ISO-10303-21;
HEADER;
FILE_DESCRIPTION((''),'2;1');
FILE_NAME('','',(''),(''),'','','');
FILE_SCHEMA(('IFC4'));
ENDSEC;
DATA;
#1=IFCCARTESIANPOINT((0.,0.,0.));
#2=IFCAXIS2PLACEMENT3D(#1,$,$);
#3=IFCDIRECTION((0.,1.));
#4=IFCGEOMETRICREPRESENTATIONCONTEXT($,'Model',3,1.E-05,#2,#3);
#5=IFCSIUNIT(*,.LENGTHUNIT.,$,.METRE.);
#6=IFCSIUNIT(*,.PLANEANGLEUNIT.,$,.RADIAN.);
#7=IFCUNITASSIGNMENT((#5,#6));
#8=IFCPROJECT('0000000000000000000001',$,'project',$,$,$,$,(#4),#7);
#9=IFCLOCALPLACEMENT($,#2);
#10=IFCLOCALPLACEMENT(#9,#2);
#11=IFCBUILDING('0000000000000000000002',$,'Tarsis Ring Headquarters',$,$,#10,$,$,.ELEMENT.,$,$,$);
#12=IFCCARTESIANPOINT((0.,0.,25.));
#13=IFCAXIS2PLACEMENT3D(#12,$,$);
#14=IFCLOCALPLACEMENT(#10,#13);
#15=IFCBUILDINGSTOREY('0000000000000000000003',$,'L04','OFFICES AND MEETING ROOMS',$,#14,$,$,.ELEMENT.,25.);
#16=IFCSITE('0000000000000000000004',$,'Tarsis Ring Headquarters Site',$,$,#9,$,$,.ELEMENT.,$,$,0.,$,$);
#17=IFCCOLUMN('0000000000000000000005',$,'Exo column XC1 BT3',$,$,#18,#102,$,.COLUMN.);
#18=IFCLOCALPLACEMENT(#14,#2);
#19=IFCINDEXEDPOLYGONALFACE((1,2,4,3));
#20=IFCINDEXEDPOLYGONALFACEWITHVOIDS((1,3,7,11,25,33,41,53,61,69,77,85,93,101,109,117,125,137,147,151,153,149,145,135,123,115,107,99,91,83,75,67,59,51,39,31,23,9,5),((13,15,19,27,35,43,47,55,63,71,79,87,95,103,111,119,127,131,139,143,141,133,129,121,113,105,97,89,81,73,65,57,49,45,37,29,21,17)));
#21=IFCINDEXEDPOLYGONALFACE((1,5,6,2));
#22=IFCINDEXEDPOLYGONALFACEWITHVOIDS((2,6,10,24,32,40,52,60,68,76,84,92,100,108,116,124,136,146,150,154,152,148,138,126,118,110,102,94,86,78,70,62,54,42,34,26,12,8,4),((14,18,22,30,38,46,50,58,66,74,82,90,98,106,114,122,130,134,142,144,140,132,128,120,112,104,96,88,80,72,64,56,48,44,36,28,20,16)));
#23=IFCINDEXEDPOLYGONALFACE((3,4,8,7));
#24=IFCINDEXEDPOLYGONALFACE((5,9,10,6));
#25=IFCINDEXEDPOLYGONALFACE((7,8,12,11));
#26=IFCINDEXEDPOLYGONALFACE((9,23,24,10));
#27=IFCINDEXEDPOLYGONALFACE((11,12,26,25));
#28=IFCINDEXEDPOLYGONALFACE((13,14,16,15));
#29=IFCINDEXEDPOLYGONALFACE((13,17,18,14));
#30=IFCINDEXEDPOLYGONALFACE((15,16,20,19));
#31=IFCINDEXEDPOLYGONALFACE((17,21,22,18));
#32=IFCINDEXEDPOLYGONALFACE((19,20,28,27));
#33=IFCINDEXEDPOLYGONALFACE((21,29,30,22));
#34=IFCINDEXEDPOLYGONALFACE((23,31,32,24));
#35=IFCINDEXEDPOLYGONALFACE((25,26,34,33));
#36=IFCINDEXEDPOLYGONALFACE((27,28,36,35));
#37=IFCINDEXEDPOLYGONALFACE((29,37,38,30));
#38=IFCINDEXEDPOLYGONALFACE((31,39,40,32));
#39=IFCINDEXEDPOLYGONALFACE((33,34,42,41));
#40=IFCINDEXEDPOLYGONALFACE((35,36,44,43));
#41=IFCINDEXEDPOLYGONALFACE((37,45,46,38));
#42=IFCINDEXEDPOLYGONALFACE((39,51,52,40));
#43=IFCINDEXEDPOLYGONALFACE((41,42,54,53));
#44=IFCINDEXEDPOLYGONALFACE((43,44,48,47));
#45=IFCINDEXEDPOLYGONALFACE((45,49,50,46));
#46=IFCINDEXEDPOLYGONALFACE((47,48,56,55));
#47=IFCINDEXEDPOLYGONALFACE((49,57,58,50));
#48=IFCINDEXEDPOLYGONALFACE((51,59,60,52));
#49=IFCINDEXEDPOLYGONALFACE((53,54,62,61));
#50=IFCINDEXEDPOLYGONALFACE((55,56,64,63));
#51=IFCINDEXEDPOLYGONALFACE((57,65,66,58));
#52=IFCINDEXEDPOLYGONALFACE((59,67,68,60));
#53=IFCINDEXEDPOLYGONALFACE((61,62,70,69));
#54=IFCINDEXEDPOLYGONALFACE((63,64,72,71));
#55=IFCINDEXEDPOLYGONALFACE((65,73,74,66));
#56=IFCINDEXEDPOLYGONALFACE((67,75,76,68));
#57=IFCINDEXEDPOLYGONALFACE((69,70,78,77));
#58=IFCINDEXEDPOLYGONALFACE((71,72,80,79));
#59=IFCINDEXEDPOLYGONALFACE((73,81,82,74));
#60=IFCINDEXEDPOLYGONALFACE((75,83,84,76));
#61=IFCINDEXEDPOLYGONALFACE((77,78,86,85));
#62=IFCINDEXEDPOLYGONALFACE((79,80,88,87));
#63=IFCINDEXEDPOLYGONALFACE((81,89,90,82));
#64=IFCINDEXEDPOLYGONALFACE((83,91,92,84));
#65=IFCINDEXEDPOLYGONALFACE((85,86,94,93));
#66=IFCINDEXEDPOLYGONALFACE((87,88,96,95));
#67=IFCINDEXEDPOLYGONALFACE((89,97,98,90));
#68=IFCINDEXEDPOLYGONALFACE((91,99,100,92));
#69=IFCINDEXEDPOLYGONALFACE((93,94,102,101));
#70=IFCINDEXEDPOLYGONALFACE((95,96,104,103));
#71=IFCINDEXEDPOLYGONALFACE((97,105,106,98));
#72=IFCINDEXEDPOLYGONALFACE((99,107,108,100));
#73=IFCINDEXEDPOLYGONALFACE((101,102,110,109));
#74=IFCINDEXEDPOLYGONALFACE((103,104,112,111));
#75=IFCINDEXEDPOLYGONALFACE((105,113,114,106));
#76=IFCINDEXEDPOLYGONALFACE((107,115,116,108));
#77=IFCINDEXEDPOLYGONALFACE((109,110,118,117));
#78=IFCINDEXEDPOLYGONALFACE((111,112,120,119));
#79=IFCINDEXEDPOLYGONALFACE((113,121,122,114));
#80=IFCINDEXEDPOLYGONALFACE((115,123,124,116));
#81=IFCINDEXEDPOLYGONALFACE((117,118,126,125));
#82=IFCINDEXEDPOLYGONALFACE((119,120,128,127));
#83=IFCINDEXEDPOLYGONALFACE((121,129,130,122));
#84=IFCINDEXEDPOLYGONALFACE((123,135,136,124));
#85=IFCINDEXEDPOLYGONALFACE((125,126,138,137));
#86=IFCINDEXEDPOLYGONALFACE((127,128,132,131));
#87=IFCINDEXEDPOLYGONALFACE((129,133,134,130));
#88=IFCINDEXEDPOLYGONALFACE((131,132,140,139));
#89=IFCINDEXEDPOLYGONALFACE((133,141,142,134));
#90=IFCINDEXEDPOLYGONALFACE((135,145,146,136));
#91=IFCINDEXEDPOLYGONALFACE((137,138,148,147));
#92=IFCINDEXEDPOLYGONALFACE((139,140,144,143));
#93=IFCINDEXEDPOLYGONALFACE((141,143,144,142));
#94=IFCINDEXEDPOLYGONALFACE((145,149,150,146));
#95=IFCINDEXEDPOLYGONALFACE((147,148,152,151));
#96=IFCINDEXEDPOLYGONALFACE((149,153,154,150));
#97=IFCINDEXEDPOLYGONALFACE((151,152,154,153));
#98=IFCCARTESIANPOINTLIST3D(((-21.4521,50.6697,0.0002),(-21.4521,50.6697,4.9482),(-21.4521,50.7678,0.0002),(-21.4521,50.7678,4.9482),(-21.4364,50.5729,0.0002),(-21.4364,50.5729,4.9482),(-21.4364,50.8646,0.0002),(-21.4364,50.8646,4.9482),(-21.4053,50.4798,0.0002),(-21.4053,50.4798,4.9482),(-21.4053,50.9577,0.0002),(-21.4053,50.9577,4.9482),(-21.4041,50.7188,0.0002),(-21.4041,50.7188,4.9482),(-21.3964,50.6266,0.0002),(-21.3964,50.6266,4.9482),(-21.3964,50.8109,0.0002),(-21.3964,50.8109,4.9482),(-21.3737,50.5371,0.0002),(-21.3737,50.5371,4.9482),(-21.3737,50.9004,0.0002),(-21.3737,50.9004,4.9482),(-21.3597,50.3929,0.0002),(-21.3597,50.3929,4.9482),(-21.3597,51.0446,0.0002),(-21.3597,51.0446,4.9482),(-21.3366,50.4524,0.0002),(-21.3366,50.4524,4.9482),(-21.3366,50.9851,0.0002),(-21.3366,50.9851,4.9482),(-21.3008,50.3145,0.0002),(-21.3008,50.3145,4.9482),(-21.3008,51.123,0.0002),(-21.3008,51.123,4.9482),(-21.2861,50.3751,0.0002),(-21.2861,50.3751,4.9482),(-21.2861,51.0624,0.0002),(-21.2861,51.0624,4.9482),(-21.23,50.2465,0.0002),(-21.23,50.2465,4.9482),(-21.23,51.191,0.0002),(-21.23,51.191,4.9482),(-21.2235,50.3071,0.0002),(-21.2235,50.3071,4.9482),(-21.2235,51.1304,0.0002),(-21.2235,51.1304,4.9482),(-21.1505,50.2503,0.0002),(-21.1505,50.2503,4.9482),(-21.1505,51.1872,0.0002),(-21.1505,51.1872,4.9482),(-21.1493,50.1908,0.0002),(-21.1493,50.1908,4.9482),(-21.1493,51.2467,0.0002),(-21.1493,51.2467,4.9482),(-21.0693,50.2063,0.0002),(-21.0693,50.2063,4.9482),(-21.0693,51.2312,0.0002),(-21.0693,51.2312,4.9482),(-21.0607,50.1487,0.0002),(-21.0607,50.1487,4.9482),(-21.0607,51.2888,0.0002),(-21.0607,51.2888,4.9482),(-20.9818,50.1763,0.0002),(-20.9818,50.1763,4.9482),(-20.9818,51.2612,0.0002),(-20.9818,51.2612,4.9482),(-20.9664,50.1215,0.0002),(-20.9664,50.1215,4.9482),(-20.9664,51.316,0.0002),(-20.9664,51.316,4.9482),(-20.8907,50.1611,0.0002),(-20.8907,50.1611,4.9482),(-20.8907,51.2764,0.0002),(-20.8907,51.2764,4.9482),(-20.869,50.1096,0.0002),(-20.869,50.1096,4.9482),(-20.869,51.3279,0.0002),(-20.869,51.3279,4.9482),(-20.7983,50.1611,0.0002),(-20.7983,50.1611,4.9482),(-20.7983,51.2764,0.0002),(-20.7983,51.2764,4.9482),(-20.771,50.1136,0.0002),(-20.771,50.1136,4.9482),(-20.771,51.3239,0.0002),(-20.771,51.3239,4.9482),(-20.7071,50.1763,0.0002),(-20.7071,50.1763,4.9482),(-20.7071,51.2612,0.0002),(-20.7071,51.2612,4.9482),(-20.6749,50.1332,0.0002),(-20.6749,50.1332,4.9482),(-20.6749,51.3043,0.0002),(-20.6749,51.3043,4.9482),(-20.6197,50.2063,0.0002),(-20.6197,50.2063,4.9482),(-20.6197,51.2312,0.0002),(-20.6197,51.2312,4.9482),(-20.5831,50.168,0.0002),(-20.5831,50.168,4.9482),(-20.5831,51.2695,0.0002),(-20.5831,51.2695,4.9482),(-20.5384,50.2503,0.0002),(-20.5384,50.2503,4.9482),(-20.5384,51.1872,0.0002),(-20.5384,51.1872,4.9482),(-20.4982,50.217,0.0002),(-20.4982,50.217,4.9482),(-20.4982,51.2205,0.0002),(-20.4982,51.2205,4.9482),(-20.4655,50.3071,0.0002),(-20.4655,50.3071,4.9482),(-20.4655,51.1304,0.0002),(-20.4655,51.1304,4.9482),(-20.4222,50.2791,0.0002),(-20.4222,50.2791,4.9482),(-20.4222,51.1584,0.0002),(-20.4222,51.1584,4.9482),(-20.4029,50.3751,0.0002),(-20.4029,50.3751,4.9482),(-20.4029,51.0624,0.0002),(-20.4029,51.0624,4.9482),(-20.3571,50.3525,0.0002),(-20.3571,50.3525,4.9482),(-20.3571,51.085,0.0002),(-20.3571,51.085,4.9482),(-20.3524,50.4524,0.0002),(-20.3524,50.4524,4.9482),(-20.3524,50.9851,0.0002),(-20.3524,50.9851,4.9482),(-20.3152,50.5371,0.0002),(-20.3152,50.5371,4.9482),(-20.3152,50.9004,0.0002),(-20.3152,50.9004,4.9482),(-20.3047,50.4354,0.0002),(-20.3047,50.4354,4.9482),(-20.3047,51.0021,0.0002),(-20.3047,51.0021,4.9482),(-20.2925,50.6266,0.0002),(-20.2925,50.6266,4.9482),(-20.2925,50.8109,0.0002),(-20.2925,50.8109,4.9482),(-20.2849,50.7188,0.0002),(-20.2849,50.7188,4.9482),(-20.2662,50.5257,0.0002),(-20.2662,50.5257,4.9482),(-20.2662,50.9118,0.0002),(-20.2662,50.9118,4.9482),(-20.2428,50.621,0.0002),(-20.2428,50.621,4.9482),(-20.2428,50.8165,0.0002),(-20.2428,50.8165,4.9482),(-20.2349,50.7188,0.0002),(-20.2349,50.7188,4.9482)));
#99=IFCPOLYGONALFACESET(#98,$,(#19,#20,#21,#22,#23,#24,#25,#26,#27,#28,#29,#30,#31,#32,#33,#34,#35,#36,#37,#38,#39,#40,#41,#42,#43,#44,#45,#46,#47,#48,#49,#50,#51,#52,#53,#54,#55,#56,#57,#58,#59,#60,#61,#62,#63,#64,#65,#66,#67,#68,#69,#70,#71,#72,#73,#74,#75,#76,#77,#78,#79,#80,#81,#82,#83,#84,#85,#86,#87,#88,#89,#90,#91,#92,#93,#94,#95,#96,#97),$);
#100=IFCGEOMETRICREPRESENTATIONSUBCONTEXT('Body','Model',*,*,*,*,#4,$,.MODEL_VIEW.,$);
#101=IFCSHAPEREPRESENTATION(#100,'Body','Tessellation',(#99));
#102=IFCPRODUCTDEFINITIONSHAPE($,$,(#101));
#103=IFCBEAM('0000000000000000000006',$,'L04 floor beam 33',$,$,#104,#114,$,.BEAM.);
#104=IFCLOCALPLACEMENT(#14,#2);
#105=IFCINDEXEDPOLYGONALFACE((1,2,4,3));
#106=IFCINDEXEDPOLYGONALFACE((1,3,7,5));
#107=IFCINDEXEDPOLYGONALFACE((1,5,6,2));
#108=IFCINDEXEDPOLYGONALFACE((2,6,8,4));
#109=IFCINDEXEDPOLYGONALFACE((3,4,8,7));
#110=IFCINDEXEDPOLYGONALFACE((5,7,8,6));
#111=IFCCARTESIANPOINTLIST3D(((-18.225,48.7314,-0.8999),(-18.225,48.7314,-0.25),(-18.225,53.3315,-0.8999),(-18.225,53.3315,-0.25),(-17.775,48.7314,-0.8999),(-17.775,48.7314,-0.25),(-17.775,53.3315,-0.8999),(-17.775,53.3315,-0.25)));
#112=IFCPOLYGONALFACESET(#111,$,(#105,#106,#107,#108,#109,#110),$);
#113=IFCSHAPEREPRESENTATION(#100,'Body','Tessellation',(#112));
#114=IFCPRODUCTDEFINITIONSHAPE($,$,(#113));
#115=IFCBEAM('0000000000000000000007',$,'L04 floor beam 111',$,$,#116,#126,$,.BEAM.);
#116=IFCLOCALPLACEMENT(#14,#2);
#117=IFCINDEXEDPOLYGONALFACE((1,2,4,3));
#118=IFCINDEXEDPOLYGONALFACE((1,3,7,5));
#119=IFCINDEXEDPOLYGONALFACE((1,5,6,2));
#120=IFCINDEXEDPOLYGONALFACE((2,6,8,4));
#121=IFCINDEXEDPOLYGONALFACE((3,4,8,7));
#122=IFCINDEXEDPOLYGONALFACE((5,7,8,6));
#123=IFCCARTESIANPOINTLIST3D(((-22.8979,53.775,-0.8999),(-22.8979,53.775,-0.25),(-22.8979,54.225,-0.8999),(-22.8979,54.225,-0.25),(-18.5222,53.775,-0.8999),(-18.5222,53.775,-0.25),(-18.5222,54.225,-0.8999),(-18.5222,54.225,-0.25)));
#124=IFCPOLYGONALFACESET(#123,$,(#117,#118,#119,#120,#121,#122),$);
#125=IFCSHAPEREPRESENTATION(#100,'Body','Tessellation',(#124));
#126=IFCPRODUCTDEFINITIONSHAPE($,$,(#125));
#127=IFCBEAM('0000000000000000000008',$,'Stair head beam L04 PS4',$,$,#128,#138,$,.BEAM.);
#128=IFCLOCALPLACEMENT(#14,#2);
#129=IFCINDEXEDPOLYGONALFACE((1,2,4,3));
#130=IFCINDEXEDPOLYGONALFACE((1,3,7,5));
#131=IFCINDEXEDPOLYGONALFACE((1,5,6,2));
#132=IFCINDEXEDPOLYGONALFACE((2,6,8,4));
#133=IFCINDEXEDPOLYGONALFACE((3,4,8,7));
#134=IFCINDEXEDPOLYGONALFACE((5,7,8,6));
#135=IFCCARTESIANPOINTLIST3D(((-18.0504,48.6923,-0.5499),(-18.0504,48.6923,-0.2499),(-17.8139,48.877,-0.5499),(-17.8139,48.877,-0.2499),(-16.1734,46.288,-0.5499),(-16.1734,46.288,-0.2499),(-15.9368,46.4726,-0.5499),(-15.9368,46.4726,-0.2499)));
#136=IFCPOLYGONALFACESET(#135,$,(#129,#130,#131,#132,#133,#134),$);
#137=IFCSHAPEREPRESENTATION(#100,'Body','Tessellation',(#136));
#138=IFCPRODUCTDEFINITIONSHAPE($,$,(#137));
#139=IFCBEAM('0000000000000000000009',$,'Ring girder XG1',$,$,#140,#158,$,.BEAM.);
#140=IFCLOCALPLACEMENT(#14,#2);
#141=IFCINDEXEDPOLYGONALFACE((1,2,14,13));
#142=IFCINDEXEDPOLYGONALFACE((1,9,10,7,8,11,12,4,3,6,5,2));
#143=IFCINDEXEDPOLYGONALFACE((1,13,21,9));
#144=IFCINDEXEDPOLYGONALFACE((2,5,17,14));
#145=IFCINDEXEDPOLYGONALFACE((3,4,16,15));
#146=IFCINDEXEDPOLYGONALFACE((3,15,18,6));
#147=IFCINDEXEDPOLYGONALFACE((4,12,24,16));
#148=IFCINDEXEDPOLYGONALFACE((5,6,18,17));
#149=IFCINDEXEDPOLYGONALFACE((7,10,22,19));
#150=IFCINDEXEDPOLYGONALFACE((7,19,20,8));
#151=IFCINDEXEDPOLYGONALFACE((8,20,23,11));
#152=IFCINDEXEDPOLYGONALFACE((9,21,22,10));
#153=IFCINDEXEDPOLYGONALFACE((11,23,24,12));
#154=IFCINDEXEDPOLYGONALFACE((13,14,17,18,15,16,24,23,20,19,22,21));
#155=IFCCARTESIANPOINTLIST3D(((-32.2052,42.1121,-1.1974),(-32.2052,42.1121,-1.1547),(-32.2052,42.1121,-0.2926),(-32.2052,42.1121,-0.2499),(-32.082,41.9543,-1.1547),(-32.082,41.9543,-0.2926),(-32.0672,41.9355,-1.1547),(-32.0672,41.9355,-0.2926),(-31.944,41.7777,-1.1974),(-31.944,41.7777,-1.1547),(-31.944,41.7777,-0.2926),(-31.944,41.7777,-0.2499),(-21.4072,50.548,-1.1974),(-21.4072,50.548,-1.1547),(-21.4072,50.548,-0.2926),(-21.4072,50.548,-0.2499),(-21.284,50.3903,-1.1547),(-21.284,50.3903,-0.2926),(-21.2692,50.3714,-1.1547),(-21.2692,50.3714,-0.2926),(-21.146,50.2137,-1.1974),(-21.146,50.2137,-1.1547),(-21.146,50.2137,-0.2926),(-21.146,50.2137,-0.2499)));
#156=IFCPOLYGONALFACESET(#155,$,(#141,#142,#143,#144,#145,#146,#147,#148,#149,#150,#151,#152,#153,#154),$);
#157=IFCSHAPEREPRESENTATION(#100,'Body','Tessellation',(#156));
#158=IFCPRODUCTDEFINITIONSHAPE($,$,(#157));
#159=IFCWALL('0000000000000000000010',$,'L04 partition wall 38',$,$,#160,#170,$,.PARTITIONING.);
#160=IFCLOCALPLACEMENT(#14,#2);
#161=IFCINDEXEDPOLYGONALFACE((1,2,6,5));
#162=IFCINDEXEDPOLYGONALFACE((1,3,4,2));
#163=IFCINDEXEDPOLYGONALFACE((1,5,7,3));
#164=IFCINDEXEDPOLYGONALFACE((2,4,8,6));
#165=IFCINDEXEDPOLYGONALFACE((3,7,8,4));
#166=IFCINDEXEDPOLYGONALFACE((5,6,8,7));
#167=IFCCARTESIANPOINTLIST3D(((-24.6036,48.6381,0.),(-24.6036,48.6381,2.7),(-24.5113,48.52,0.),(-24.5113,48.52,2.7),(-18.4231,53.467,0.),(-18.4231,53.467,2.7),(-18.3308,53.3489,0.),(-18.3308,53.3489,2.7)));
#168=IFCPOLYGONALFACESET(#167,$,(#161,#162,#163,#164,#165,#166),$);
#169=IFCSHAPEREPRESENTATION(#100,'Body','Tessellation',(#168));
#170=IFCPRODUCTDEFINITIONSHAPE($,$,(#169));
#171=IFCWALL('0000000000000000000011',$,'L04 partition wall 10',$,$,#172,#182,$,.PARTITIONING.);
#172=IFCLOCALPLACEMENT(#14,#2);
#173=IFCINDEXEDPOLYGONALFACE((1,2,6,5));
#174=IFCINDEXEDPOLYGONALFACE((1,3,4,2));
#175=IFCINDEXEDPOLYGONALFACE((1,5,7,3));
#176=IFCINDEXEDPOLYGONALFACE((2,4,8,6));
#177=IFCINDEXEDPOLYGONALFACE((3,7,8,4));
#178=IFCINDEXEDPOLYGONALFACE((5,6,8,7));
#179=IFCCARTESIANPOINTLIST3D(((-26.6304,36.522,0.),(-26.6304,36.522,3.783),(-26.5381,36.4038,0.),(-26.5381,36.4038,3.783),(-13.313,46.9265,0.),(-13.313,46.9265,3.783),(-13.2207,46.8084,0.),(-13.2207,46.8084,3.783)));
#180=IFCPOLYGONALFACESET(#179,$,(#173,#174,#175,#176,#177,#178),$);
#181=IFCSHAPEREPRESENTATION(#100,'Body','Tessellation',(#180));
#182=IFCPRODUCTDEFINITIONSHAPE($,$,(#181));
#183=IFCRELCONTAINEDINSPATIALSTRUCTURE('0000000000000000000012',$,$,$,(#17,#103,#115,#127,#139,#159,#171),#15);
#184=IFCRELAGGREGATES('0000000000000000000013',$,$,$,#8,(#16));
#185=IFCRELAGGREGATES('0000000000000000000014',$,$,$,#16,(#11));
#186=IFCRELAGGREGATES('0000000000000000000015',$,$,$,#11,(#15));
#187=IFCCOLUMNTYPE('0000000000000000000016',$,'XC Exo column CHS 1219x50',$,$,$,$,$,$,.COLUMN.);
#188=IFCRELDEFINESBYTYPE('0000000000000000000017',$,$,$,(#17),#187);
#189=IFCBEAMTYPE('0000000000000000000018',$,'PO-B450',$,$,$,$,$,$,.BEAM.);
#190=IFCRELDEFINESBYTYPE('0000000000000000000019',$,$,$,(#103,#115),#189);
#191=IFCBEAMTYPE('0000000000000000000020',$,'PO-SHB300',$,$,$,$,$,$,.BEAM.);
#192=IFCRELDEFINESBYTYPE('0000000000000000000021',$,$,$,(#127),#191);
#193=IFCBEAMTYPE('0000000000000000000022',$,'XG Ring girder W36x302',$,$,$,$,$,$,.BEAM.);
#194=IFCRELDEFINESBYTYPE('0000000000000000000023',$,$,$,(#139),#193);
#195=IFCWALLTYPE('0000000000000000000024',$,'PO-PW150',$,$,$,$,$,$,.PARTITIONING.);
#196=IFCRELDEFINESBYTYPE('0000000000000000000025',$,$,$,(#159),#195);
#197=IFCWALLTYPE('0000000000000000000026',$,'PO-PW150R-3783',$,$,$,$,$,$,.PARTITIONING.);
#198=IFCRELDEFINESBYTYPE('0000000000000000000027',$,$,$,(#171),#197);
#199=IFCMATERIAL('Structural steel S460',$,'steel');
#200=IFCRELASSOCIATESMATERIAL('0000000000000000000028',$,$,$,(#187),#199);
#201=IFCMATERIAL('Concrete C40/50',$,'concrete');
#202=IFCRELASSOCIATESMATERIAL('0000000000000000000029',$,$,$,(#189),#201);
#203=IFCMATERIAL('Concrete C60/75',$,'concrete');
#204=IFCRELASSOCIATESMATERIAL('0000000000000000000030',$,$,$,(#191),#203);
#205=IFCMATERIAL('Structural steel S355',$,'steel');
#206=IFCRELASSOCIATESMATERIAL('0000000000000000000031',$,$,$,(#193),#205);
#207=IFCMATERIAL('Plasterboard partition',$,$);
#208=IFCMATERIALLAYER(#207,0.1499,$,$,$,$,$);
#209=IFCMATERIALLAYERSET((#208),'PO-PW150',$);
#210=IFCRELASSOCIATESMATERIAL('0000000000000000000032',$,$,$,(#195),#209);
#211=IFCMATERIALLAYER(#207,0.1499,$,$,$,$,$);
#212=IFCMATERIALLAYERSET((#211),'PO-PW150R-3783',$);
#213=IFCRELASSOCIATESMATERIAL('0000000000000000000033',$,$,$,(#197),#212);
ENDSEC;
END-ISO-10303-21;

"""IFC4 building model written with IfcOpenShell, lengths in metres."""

from ifc_helpers import new_model, si_unit, direction, frame, frame_2d, origin, origin_2d, place, context, subcontext, project, spatial, rectangle, hollow_circle, i_section, extrude, material, layer, layer_set, material_profile, profile_set, type_object, element, save


model = new_model("IFC4")

# Units and contexts
model_context = context("Model", 3, precision=1e-05, world=origin(), true_north=direction((0.0, 1.0)))
body_context = subcontext(model_context, "Body", "Model", "MODEL_VIEW")
ifc_project = project(units=[si_unit("LENGTHUNIT", "METRE"), si_unit("PLANEANGLEUNIT", "RADIAN")], contexts=[model_context])

# Site, building, storey
site_placement = place(None, origin())
site = spatial("IfcSite", under=ifc_project, at=site_placement, Name="Tarsis Ring Headquarters Site", CompositionType="ELEMENT", RefElevation=0.0)
building_placement = place(site_placement, origin())
building = spatial("IfcBuilding", under=site, at=building_placement, Name="Tarsis Ring Headquarters", CompositionType="ELEMENT")
storey_placement = place(building_placement, frame((0.0, 0.0, 25.0)))
storey = spatial("IfcBuildingStorey", under=building, at=storey_placement, Name="L04", Description="OFFICES AND MEETING ROOMS", CompositionType="ELEMENT", Elevation=25.0)

# Column
ifc_material_1 = material(Name="Structural steel S460", Category="steel")
ifc_material_profile_1 = material_profile(ifc_material_1, hollow_circle(Radius=0.6096, WallThickness=0.05, at=origin_2d()), Name="CHS 1219x50")
ifc_profile_set_1 = profile_set([ifc_material_profile_1], Name="Structural steel S460")
column_type = type_object("IfcColumnType", Name="XC Exo column CHS 1219x50", PredefinedType="COLUMN", material=ifc_profile_set_1)
column_placement = place(storey_placement, frame((-20.8445, 50.7188, 0.0002), z_axis=(0.0, 0.0, 1.0), x_axis=(1.0, 0.0, 0.0)))
element("IfcColumn", 1, at=column_placement, inside=storey, type_object=column_type, Name="Exo column XC1 BT3", PredefinedType="COLUMN", context=body_context, shape_type="SweptSolid", body=[
    extrude(hollow_circle(Radius=0.6096, WallThickness=0.05, at=origin_2d()), origin(), (0.0, 0.0, 1.0), 4.948),
])

# Beams
ifc_material_2 = material(Name="Concrete C40/50", Category="concrete")
ifc_material_profile_2 = material_profile(ifc_material_2, rectangle(XDim=0.45, YDim=0.6499, at=origin_2d()), Name="PO-B450")
ifc_profile_set_2 = profile_set([ifc_material_profile_2], Name="Concrete C40/50")
beam_type_1 = type_object("IfcBeamType", Name="PO-B450", PredefinedType="BEAM", material=ifc_profile_set_2)
beam_1_placement = place(storey_placement, frame((-18.0, 48.7314, -0.575), z_axis=(0.0, 1.0, 0.0), x_axis=(-1.0, 0.0, 0.0)))
element("IfcBeam", 2, at=beam_1_placement, inside=storey, type_object=beam_type_1, Name="L04 floor beam 33", PredefinedType="BEAM", context=body_context, shape_type="SweptSolid", body=[
    extrude(rectangle(XDim=0.45, YDim=0.6499, at=origin_2d()), origin(), (0.0, 0.0, 1.0), 4.6001),
])
beam_2_placement = place(storey_placement, frame((-22.8979, 54.0, -0.575), z_axis=(1.0, 0.0, 0.0), x_axis=(0.0, 1.0, 0.0)))
element("IfcBeam", 3, at=beam_2_placement, inside=storey, type_object=beam_type_1, Name="L04 floor beam 111", PredefinedType="BEAM", context=body_context, shape_type="SweptSolid", body=[
    extrude(rectangle(XDim=0.45, YDim=0.6499, at=origin_2d()), origin(), (0.0, 0.0, 1.0), 4.3757),
])
ifc_material_3 = material(Name="Concrete C60/75", Category="concrete")
ifc_material_profile_3 = material_profile(ifc_material_3, rectangle(XDim=0.3, YDim=0.3, at=origin_2d()), Name="PO-SHB300")
ifc_profile_set_3 = profile_set([ifc_material_profile_3], Name="Concrete C60/75")
beam_type_2 = type_object("IfcBeamType", Name="PO-SHB300", PredefinedType="BEAM", material=ifc_profile_set_3)
beam_3_placement = place(storey_placement, frame((-17.9321, 48.7847, -0.3999), z_axis=(0.615358, -0.788248, 0.0), x_axis=(0.788248, 0.615358, 0.0)))
element("IfcBeam", 4, at=beam_3_placement, inside=storey, type_object=beam_type_2, Name="Stair head beam L04 PS4", PredefinedType="BEAM", context=body_context, shape_type="SweptSolid", body=[
    extrude(rectangle(XDim=0.3, YDim=0.3, at=origin_2d()), origin(), (0.0, 0.0, 1.0), 3.0503),
])
ifc_material_4 = material(Name="Structural steel S355", Category="steel")
ifc_material_profile_4 = material_profile(ifc_material_4, i_section(OverallWidth=0.4243, OverallDepth=0.9475, WebThickness=0.0239, FlangeThickness=0.0427, at=origin_2d()), Name="W36x302")
ifc_profile_set_4 = profile_set([ifc_material_profile_4], Name="Structural steel S355")
beam_type_3 = type_object("IfcBeamType", Name="XG Ring girder W36x302", PredefinedType="BEAM", material=ifc_profile_set_4)
beam_4_placement = place(storey_placement, frame((-21.2766, 50.3809, -0.7236), z_axis=(-0.788024, -0.615645, 0.0), x_axis=(0.615645, -0.788024, 0.0)))
element("IfcBeam", 5, at=beam_4_placement, inside=storey, type_object=beam_type_3, Name="Ring girder XG1", PredefinedType="BEAM", context=body_context, shape_type="SweptSolid", body=[
    extrude(i_section(OverallWidth=0.4243, OverallDepth=0.9475, WebThickness=0.0239, FlangeThickness=0.0427, at=origin_2d()), origin(), (0.0, 0.0, 1.0), 13.7026),
])

# Walls
ifc_material_5 = material(Name="Plasterboard partition")
ifc_layer_1 = layer(ifc_material_5, 0.1499)
ifc_layer_set_1 = layer_set([ifc_layer_1], Name="PO-PW150")
wall_type_1 = type_object("IfcWallType", Name="PO-PW150", PredefinedType="PARTITIONING", material=ifc_layer_set_1)
wall_1_placement = place(storey_placement, frame((-18.377, 53.408, 0.0), z_axis=(0.0, 0.0, 1.0), x_axis=(-0.787999, -0.615676, 0.0)))
element("IfcWall", 6, at=wall_1_placement, inside=storey, type_object=wall_type_1, Name="L04 partition wall 38", PredefinedType="PARTITIONING", context=body_context, shape_type="SweptSolid", body=[
    extrude(rectangle(XDim=7.8433, YDim=0.1499, at=frame_2d((3.9216, 0.0))), origin(), (0.0, 0.0, 1.0), 2.7),
])
ifc_layer_2 = layer(ifc_material_5, 0.1499)
ifc_layer_set_2 = layer_set([ifc_layer_2], Name="PO-PW150R-3783")
wall_type_2 = type_object("IfcWallType", Name="PO-PW150R-3783", PredefinedType="PARTITIONING", material=ifc_layer_set_2)
wall_2_placement = place(storey_placement, frame((-13.2668, 46.8674, 0.0), z_axis=(0.0, 0.0, 1.0), x_axis=(-0.788015, -0.615656, 0.0)))
element("IfcWall", 7, at=wall_2_placement, inside=storey, type_object=wall_type_2, Name="L04 partition wall 10", PredefinedType="PARTITIONING", context=body_context, shape_type="SweptSolid", body=[
    extrude(rectangle(XDim=16.8999, YDim=0.1499, at=frame_2d((8.45, 0.0))), origin(), (0.0, 0.0, 1.0), 3.783),
])

save(model, "model.ifc")
